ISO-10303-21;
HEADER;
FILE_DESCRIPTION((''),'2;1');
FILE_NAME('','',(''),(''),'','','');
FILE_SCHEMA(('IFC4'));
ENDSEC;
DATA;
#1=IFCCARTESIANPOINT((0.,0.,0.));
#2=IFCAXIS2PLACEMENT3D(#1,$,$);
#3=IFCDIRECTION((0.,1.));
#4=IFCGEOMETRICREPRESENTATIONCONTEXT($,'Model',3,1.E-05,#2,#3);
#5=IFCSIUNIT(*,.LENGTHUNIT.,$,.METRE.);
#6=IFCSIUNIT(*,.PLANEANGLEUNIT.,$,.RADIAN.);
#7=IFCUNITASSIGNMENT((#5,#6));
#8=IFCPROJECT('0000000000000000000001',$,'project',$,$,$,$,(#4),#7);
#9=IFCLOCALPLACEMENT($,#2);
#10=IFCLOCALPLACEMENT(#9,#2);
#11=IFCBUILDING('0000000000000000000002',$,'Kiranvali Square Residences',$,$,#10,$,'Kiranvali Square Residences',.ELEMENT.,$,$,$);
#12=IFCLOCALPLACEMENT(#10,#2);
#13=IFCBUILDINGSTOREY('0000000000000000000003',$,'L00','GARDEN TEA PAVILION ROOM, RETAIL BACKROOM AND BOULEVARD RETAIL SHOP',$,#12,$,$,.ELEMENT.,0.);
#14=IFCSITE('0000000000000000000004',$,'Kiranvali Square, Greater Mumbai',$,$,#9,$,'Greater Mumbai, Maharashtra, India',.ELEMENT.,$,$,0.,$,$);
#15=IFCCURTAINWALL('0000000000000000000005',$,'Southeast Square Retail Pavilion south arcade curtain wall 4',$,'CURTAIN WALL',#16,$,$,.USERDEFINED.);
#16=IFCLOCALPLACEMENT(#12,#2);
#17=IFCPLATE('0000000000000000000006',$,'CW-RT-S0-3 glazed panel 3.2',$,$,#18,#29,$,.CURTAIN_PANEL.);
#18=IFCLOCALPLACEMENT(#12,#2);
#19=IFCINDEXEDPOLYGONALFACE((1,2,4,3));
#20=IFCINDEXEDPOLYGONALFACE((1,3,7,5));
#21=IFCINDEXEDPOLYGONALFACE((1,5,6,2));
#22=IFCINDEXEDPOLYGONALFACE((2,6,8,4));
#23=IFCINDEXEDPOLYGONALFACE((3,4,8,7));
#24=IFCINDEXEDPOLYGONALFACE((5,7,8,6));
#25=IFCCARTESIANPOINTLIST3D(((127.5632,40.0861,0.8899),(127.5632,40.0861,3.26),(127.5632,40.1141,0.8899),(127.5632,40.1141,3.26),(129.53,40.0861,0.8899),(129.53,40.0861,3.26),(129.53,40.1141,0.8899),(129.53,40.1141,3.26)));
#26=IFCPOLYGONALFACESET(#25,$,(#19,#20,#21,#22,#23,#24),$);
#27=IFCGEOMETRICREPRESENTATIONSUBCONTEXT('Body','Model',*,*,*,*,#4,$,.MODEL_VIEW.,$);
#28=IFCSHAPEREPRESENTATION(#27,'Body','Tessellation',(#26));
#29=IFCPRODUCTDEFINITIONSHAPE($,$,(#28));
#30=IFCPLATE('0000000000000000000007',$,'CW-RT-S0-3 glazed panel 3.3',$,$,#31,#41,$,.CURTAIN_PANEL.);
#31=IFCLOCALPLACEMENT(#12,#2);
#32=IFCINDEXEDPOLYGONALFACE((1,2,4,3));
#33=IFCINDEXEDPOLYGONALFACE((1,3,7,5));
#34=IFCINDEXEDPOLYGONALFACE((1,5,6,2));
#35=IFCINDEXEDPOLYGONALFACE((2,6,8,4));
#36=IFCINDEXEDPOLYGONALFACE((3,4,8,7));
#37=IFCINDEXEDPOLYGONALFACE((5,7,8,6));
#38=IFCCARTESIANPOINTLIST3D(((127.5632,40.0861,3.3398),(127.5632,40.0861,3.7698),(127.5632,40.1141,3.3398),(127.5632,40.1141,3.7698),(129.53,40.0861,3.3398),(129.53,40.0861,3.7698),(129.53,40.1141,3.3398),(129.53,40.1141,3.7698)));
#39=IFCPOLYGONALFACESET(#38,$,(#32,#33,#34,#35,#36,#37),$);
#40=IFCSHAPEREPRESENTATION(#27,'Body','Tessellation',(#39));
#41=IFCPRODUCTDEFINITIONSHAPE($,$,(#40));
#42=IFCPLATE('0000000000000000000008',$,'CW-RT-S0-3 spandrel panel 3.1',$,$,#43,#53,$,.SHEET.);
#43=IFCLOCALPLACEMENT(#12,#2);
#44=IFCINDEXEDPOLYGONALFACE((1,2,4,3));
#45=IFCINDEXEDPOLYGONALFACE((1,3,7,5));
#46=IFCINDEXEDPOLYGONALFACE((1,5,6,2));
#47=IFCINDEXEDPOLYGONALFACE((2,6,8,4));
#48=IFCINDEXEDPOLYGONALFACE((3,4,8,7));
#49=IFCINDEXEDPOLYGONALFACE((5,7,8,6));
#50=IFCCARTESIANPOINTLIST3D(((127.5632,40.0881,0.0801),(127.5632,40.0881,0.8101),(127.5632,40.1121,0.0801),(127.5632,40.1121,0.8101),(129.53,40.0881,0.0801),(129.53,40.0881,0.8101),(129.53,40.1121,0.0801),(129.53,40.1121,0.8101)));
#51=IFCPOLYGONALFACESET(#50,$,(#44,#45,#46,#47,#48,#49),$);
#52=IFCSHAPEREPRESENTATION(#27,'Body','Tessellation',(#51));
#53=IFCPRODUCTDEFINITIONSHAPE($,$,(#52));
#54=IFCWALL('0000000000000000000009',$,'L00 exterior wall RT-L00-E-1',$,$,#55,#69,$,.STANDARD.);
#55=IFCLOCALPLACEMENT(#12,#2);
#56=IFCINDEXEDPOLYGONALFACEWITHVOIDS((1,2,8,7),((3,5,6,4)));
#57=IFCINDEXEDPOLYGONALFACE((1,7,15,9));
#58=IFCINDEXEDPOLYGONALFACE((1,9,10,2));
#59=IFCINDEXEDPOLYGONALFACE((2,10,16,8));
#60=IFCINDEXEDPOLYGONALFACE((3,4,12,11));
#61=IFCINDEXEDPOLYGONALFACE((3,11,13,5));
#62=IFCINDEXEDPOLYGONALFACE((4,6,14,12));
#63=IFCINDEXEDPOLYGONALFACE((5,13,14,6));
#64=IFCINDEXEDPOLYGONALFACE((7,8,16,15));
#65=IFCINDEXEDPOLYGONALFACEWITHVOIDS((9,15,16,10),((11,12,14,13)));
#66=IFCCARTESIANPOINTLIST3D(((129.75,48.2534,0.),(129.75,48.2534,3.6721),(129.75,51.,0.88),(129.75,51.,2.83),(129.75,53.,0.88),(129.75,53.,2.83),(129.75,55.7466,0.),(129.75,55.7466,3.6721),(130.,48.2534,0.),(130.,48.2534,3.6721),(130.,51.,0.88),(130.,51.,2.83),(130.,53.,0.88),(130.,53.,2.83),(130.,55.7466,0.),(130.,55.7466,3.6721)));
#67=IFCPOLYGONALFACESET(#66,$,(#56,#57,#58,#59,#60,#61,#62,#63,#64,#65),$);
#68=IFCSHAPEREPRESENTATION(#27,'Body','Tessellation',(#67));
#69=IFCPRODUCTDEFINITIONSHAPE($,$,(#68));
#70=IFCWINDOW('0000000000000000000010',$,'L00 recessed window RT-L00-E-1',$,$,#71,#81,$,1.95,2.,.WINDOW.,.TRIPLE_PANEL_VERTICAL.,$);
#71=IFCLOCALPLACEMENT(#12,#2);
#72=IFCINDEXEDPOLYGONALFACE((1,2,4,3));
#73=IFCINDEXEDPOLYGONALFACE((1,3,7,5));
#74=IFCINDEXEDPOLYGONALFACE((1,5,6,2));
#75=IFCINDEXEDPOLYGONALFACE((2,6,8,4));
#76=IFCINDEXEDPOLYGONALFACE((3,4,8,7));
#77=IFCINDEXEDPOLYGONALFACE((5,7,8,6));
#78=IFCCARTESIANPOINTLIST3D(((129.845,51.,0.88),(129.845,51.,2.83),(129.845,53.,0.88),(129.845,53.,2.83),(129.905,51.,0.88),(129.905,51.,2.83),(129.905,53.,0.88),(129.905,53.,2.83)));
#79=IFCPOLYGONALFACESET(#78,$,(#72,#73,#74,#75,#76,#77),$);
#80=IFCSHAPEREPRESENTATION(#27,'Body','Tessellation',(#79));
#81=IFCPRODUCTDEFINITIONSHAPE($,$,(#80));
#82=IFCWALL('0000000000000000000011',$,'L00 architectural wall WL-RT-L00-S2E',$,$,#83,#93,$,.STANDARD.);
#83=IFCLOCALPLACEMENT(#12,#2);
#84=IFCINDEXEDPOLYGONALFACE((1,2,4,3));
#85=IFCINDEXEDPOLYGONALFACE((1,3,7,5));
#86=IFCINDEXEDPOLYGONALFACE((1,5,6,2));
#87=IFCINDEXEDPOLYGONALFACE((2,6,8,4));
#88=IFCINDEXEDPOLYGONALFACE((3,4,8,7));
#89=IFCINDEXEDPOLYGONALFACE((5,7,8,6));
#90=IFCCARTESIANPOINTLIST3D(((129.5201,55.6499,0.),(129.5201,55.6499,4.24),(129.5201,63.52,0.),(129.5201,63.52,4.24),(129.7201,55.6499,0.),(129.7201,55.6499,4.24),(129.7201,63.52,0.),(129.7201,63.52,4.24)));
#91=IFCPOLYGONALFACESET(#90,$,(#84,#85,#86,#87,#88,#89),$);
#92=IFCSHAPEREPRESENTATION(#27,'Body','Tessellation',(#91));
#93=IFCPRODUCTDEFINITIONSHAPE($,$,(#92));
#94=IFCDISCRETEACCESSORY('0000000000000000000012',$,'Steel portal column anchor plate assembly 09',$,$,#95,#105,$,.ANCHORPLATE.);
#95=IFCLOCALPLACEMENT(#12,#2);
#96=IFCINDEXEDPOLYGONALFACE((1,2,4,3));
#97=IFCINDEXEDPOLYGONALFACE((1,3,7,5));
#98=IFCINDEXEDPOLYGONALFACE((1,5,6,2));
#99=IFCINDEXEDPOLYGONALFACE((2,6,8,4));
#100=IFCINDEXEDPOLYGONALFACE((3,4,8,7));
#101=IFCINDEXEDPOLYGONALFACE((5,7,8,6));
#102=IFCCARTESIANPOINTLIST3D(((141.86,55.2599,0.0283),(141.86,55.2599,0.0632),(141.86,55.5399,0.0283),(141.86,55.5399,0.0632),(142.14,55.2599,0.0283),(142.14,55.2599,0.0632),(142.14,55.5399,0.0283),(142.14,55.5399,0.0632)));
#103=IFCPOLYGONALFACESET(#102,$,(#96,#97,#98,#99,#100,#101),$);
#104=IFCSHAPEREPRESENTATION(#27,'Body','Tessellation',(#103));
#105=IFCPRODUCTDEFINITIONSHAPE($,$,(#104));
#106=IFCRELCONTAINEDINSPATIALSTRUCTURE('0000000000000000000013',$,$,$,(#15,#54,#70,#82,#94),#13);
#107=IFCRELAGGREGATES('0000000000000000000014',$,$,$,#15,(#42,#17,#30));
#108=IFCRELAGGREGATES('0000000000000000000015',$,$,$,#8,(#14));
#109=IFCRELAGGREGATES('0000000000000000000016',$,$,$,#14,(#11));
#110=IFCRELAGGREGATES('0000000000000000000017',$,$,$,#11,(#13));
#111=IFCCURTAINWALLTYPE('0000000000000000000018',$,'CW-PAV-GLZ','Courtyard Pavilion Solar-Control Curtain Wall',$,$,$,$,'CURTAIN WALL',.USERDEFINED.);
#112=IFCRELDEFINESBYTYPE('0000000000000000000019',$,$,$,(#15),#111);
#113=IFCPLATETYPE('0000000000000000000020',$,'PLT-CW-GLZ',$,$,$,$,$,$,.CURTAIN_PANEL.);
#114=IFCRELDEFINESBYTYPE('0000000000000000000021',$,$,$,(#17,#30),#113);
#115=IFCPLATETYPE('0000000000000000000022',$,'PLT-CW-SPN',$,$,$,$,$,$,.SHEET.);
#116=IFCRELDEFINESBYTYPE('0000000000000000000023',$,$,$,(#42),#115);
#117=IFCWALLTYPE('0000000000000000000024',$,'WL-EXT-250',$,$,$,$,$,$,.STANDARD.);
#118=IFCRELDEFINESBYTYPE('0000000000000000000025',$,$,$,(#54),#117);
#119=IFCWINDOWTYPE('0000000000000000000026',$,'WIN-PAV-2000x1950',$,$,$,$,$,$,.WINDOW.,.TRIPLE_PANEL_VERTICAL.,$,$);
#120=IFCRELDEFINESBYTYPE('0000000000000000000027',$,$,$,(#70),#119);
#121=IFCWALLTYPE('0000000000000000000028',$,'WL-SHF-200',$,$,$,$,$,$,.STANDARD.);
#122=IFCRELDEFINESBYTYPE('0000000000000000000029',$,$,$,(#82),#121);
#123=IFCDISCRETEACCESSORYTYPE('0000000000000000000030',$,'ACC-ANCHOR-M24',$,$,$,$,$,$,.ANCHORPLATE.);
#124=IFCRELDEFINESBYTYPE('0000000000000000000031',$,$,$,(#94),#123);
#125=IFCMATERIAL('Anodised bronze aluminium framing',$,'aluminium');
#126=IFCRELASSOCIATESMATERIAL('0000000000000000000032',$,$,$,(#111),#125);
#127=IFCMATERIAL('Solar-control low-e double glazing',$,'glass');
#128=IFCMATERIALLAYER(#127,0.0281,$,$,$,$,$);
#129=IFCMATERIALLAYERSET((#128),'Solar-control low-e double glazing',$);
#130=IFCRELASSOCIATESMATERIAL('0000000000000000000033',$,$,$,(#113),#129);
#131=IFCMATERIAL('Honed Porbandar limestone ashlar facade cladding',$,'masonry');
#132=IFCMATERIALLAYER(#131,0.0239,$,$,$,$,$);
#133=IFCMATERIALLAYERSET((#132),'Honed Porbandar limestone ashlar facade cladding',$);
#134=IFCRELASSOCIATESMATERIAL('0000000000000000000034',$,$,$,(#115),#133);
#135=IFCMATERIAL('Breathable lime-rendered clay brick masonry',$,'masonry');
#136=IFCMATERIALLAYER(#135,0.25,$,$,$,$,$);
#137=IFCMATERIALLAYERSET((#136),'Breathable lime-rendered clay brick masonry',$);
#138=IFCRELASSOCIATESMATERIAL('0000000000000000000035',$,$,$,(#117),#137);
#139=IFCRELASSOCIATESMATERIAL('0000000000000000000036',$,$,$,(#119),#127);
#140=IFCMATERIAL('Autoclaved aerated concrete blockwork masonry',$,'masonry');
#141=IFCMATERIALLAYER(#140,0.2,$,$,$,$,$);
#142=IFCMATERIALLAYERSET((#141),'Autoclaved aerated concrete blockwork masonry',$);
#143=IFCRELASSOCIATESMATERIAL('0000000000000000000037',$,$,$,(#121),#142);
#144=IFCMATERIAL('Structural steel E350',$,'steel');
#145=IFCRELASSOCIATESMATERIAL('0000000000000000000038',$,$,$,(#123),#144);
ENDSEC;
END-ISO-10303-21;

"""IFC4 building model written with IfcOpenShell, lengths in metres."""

from ifc_helpers import new_model, si_unit, direction, frame, frame_2d, origin, origin_2d, place, context, subcontext, project, spatial, rectangle, extrude, material, layer, layer_set, type_object, element, fill, aggregate, save


model = new_model("IFC4")

# Units and contexts
model_context = context("Model", 3, precision=1e-05, world=origin(), true_north=direction((0.0, 1.0)))
body_context = subcontext(model_context, "Body", "Model", "MODEL_VIEW")
ifc_project = project(units=[si_unit("LENGTHUNIT", "METRE"), si_unit("PLANEANGLEUNIT", "RADIAN")], contexts=[model_context])

# Site, building, storey
site_placement = place(None, origin())
site = spatial("IfcSite", under=ifc_project, at=site_placement, Name="Kiranvali Square, Greater Mumbai", LongName="Greater Mumbai, Maharashtra, India", CompositionType="ELEMENT", RefElevation=0.0)
building_placement = place(site_placement, origin())
building = spatial("IfcBuilding", under=site, at=building_placement, Name="Kiranvali Square Residences", LongName="Kiranvali Square Residences", CompositionType="ELEMENT")
storey_placement = place(building_placement, origin())
storey = spatial("IfcBuildingStorey", under=building, at=storey_placement, Name="L00", Description="GARDEN TEA PAVILION ROOM, RETAIL BACKROOM AND BOULEVARD RETAIL SHOP", CompositionType="ELEMENT", Elevation=0.0)

# Shared definitions
ifc_material_1 = material(Name="Structural steel E350", Category="steel")

# Curtain wall
ifc_material_2 = material(Name="Anodised bronze aluminium framing", Category="aluminium")
curtain_wall_type = type_object("IfcCurtainWallType", Name="CW-PAV-GLZ", Description="Courtyard Pavilion Solar-Control Curtain Wall", ElementType="CURTAIN WALL", PredefinedType="USERDEFINED", material=ifc_material_2)
curtain_wall_placement = place(storey_placement, origin())
curtain_wall = element("IfcCurtainWall", 1, at=curtain_wall_placement, inside=storey, type_object=curtain_wall_type, Name="Southeast Square Retail Pavilion south arcade curtain wall 4", ObjectType="CURTAIN WALL", PredefinedType="USERDEFINED")

# Plates
ifc_material_3 = material(Name="Solar-control low-e double glazing", Category="glass")
ifc_layer_1 = layer(ifc_material_3, 0.0281)
ifc_layer_set_1 = layer_set([ifc_layer_1], Name="Solar-control low-e double glazing")
plate_type_1 = type_object("IfcPlateType", Name="PLT-CW-GLZ", PredefinedType="CURTAIN_PANEL", material=ifc_layer_set_1)
plate_1_placement = place(storey_placement, frame((128.5466, 40.1001, 0.8899), z_axis=(0.0, 0.0, 1.0), x_axis=(1.0, 0.0, 0.0)))
plate_1 = element("IfcPlate", 2, at=plate_1_placement, type_object=plate_type_1, Name="CW-RT-S0-3 glazed panel 3.2", PredefinedType="CURTAIN_PANEL", context=body_context, shape_type="SweptSolid", body=[
    extrude(rectangle(XDim=1.9668, YDim=0.0281, at=origin_2d()), origin(), (0.0, 0.0, 1.0), 2.3701),
])
plate_2_placement = place(storey_placement, frame((128.5466, 40.1001, 3.3398), z_axis=(0.0, 0.0, 1.0), x_axis=(1.0, 0.0, 0.0)))
plate_2 = element("IfcPlate", 3, at=plate_2_placement, type_object=plate_type_1, Name="CW-RT-S0-3 glazed panel 3.3", PredefinedType="CURTAIN_PANEL", context=body_context, shape_type="SweptSolid", body=[
    extrude(rectangle(XDim=1.9668, YDim=0.0281, at=origin_2d()), origin(), (0.0, 0.0, 1.0), 0.4299),
])
ifc_material_4 = material(Name="Honed Porbandar limestone ashlar facade cladding", Category="masonry")
ifc_layer_2 = layer(ifc_material_4, 0.0239)
ifc_layer_set_2 = layer_set([ifc_layer_2], Name="Honed Porbandar limestone ashlar facade cladding")
plate_type_2 = type_object("IfcPlateType", Name="PLT-CW-SPN", PredefinedType="SHEET", material=ifc_layer_set_2)
plate_3_placement = place(storey_placement, frame((128.5466, 40.1001, 0.0801), z_axis=(0.0, 0.0, 1.0), x_axis=(1.0, 0.0, 0.0)))
plate_3 = element("IfcPlate", 4, at=plate_3_placement, type_object=plate_type_2, Name="CW-RT-S0-3 spandrel panel 3.1", PredefinedType="SHEET", context=body_context, shape_type="SweptSolid", body=[
    extrude(rectangle(XDim=1.9668, YDim=0.0239, at=origin_2d()), origin(), (0.0, 0.0, 1.0), 0.73),
])
aggregate(curtain_wall, [plate_3, plate_1, plate_2])

# Shared definitions
ifc_material_5 = material(Name="Breathable lime-rendered clay brick masonry", Category="masonry")
ifc_layer_3 = layer(ifc_material_5, 0.25)
ifc_layer_set_3 = layer_set([ifc_layer_3], Name="Breathable lime-rendered clay brick masonry")
wall_type_1 = type_object("IfcWallType", Name="WL-EXT-250", PredefinedType="STANDARD", material=ifc_layer_set_3)

# Wall, opening, window
wall_1_placement = place(storey_placement, frame((129.875, 48.2534, 0.0), z_axis=(0.0, 0.0, 1.0), x_axis=(0.0, 1.0, 0.0)))
wall_1 = element("IfcWall", 5, at=wall_1_placement, inside=storey, type_object=wall_type_1, Name="L00 exterior wall RT-L00-E-1", PredefinedType="STANDARD", context=body_context, shape_type="SweptSolid", body=[
    extrude(rectangle(XDim=7.4932, YDim=0.25, at=frame_2d((3.7466, 0.0))), origin(), (0.0, 0.0, 1.0), 3.6721),
])
opening_1_placement = place(wall_1_placement, frame((2.7466, 0.0, 0.8799)))
opening_1 = element("IfcOpeningElement", 6, at=opening_1_placement, cuts=wall_1, PredefinedType="OPENING", context=body_context, shape_type="SweptSolid", body=[
    extrude(rectangle(XDim=2.0, YDim=1.95, at=frame_2d((1.0, 0.9751))), frame((0.0, 0.135, 0.0), z_axis=(0.0, -1.0, 0.0), x_axis=(1.0, 0.0, 0.0)), (0.0, 0.0, 1.0), 0.27),
])
window_type = type_object("IfcWindowType", Name="WIN-PAV-2000x1950", PartitioningType="TRIPLE_PANEL_VERTICAL", PredefinedType="WINDOW", material=ifc_material_3)
window_placement = place(opening_1_placement, origin())
window = element("IfcWindow", 7, at=window_placement, inside=storey, type_object=window_type, Name="L00 recessed window RT-L00-E-1", OverallHeight=1.95, OverallWidth=2.0, PartitioningType="TRIPLE_PANEL_VERTICAL", PredefinedType="WINDOW", context=body_context, shape_type="SweptSolid", body=[
    extrude(rectangle(XDim=2.0, YDim=1.95, at=frame_2d((1.0, 0.9751))), frame((0.0, 0.03, 0.0), z_axis=(0.0, -1.0, 0.0), x_axis=(1.0, 0.0, 0.0)), (0.0, 0.0, 1.0), 0.0601),
])
fill(opening_1, window)

# Wall
ifc_material_6 = material(Name="Autoclaved aerated concrete blockwork masonry", Category="masonry")
ifc_layer_4 = layer(ifc_material_6, 0.2)
ifc_layer_set_4 = layer_set([ifc_layer_4], Name="Autoclaved aerated concrete blockwork masonry")
wall_type_2 = type_object("IfcWallType", Name="WL-SHF-200", PredefinedType="STANDARD", material=ifc_layer_set_4)
wall_2_placement = place(storey_placement, frame((129.6201, 55.6499, 0.0), z_axis=(0.0, 0.0, 1.0), x_axis=(0.0, 1.0, 0.0)))
element("IfcWall", 8, at=wall_2_placement, inside=storey, type_object=wall_type_2, Name="L00 architectural wall WL-RT-L00-S2E", PredefinedType="STANDARD", context=body_context, shape_type="SweptSolid", body=[
    extrude(rectangle(XDim=7.8701, YDim=0.2, at=frame_2d((3.9351, 0.0))), origin(), (0.0, 0.0, 1.0), 4.24),
])

# Discrete accessory
discrete_accessory_type = type_object("IfcDiscreteAccessoryType", Name="ACC-ANCHOR-M24", PredefinedType="ANCHORPLATE", material=ifc_material_1)
discrete_accessory_placement = place(storey_placement, frame((142.0, 55.3999, 0.0283), z_axis=(0.0, 0.0, 1.0), x_axis=(1.0, 0.0, 0.0)))
element("IfcDiscreteAccessory", 9, at=discrete_accessory_placement, inside=storey, type_object=discrete_accessory_type, Name="Steel portal column anchor plate assembly 09", PredefinedType="ANCHORPLATE", context=body_context, shape_type="SweptSolid", body=[
    extrude(rectangle(XDim=0.28, YDim=0.28, at=origin_2d()), origin(), (0.0, 0.0, 1.0), 0.0349),
])

save(model, "model.ifc")
